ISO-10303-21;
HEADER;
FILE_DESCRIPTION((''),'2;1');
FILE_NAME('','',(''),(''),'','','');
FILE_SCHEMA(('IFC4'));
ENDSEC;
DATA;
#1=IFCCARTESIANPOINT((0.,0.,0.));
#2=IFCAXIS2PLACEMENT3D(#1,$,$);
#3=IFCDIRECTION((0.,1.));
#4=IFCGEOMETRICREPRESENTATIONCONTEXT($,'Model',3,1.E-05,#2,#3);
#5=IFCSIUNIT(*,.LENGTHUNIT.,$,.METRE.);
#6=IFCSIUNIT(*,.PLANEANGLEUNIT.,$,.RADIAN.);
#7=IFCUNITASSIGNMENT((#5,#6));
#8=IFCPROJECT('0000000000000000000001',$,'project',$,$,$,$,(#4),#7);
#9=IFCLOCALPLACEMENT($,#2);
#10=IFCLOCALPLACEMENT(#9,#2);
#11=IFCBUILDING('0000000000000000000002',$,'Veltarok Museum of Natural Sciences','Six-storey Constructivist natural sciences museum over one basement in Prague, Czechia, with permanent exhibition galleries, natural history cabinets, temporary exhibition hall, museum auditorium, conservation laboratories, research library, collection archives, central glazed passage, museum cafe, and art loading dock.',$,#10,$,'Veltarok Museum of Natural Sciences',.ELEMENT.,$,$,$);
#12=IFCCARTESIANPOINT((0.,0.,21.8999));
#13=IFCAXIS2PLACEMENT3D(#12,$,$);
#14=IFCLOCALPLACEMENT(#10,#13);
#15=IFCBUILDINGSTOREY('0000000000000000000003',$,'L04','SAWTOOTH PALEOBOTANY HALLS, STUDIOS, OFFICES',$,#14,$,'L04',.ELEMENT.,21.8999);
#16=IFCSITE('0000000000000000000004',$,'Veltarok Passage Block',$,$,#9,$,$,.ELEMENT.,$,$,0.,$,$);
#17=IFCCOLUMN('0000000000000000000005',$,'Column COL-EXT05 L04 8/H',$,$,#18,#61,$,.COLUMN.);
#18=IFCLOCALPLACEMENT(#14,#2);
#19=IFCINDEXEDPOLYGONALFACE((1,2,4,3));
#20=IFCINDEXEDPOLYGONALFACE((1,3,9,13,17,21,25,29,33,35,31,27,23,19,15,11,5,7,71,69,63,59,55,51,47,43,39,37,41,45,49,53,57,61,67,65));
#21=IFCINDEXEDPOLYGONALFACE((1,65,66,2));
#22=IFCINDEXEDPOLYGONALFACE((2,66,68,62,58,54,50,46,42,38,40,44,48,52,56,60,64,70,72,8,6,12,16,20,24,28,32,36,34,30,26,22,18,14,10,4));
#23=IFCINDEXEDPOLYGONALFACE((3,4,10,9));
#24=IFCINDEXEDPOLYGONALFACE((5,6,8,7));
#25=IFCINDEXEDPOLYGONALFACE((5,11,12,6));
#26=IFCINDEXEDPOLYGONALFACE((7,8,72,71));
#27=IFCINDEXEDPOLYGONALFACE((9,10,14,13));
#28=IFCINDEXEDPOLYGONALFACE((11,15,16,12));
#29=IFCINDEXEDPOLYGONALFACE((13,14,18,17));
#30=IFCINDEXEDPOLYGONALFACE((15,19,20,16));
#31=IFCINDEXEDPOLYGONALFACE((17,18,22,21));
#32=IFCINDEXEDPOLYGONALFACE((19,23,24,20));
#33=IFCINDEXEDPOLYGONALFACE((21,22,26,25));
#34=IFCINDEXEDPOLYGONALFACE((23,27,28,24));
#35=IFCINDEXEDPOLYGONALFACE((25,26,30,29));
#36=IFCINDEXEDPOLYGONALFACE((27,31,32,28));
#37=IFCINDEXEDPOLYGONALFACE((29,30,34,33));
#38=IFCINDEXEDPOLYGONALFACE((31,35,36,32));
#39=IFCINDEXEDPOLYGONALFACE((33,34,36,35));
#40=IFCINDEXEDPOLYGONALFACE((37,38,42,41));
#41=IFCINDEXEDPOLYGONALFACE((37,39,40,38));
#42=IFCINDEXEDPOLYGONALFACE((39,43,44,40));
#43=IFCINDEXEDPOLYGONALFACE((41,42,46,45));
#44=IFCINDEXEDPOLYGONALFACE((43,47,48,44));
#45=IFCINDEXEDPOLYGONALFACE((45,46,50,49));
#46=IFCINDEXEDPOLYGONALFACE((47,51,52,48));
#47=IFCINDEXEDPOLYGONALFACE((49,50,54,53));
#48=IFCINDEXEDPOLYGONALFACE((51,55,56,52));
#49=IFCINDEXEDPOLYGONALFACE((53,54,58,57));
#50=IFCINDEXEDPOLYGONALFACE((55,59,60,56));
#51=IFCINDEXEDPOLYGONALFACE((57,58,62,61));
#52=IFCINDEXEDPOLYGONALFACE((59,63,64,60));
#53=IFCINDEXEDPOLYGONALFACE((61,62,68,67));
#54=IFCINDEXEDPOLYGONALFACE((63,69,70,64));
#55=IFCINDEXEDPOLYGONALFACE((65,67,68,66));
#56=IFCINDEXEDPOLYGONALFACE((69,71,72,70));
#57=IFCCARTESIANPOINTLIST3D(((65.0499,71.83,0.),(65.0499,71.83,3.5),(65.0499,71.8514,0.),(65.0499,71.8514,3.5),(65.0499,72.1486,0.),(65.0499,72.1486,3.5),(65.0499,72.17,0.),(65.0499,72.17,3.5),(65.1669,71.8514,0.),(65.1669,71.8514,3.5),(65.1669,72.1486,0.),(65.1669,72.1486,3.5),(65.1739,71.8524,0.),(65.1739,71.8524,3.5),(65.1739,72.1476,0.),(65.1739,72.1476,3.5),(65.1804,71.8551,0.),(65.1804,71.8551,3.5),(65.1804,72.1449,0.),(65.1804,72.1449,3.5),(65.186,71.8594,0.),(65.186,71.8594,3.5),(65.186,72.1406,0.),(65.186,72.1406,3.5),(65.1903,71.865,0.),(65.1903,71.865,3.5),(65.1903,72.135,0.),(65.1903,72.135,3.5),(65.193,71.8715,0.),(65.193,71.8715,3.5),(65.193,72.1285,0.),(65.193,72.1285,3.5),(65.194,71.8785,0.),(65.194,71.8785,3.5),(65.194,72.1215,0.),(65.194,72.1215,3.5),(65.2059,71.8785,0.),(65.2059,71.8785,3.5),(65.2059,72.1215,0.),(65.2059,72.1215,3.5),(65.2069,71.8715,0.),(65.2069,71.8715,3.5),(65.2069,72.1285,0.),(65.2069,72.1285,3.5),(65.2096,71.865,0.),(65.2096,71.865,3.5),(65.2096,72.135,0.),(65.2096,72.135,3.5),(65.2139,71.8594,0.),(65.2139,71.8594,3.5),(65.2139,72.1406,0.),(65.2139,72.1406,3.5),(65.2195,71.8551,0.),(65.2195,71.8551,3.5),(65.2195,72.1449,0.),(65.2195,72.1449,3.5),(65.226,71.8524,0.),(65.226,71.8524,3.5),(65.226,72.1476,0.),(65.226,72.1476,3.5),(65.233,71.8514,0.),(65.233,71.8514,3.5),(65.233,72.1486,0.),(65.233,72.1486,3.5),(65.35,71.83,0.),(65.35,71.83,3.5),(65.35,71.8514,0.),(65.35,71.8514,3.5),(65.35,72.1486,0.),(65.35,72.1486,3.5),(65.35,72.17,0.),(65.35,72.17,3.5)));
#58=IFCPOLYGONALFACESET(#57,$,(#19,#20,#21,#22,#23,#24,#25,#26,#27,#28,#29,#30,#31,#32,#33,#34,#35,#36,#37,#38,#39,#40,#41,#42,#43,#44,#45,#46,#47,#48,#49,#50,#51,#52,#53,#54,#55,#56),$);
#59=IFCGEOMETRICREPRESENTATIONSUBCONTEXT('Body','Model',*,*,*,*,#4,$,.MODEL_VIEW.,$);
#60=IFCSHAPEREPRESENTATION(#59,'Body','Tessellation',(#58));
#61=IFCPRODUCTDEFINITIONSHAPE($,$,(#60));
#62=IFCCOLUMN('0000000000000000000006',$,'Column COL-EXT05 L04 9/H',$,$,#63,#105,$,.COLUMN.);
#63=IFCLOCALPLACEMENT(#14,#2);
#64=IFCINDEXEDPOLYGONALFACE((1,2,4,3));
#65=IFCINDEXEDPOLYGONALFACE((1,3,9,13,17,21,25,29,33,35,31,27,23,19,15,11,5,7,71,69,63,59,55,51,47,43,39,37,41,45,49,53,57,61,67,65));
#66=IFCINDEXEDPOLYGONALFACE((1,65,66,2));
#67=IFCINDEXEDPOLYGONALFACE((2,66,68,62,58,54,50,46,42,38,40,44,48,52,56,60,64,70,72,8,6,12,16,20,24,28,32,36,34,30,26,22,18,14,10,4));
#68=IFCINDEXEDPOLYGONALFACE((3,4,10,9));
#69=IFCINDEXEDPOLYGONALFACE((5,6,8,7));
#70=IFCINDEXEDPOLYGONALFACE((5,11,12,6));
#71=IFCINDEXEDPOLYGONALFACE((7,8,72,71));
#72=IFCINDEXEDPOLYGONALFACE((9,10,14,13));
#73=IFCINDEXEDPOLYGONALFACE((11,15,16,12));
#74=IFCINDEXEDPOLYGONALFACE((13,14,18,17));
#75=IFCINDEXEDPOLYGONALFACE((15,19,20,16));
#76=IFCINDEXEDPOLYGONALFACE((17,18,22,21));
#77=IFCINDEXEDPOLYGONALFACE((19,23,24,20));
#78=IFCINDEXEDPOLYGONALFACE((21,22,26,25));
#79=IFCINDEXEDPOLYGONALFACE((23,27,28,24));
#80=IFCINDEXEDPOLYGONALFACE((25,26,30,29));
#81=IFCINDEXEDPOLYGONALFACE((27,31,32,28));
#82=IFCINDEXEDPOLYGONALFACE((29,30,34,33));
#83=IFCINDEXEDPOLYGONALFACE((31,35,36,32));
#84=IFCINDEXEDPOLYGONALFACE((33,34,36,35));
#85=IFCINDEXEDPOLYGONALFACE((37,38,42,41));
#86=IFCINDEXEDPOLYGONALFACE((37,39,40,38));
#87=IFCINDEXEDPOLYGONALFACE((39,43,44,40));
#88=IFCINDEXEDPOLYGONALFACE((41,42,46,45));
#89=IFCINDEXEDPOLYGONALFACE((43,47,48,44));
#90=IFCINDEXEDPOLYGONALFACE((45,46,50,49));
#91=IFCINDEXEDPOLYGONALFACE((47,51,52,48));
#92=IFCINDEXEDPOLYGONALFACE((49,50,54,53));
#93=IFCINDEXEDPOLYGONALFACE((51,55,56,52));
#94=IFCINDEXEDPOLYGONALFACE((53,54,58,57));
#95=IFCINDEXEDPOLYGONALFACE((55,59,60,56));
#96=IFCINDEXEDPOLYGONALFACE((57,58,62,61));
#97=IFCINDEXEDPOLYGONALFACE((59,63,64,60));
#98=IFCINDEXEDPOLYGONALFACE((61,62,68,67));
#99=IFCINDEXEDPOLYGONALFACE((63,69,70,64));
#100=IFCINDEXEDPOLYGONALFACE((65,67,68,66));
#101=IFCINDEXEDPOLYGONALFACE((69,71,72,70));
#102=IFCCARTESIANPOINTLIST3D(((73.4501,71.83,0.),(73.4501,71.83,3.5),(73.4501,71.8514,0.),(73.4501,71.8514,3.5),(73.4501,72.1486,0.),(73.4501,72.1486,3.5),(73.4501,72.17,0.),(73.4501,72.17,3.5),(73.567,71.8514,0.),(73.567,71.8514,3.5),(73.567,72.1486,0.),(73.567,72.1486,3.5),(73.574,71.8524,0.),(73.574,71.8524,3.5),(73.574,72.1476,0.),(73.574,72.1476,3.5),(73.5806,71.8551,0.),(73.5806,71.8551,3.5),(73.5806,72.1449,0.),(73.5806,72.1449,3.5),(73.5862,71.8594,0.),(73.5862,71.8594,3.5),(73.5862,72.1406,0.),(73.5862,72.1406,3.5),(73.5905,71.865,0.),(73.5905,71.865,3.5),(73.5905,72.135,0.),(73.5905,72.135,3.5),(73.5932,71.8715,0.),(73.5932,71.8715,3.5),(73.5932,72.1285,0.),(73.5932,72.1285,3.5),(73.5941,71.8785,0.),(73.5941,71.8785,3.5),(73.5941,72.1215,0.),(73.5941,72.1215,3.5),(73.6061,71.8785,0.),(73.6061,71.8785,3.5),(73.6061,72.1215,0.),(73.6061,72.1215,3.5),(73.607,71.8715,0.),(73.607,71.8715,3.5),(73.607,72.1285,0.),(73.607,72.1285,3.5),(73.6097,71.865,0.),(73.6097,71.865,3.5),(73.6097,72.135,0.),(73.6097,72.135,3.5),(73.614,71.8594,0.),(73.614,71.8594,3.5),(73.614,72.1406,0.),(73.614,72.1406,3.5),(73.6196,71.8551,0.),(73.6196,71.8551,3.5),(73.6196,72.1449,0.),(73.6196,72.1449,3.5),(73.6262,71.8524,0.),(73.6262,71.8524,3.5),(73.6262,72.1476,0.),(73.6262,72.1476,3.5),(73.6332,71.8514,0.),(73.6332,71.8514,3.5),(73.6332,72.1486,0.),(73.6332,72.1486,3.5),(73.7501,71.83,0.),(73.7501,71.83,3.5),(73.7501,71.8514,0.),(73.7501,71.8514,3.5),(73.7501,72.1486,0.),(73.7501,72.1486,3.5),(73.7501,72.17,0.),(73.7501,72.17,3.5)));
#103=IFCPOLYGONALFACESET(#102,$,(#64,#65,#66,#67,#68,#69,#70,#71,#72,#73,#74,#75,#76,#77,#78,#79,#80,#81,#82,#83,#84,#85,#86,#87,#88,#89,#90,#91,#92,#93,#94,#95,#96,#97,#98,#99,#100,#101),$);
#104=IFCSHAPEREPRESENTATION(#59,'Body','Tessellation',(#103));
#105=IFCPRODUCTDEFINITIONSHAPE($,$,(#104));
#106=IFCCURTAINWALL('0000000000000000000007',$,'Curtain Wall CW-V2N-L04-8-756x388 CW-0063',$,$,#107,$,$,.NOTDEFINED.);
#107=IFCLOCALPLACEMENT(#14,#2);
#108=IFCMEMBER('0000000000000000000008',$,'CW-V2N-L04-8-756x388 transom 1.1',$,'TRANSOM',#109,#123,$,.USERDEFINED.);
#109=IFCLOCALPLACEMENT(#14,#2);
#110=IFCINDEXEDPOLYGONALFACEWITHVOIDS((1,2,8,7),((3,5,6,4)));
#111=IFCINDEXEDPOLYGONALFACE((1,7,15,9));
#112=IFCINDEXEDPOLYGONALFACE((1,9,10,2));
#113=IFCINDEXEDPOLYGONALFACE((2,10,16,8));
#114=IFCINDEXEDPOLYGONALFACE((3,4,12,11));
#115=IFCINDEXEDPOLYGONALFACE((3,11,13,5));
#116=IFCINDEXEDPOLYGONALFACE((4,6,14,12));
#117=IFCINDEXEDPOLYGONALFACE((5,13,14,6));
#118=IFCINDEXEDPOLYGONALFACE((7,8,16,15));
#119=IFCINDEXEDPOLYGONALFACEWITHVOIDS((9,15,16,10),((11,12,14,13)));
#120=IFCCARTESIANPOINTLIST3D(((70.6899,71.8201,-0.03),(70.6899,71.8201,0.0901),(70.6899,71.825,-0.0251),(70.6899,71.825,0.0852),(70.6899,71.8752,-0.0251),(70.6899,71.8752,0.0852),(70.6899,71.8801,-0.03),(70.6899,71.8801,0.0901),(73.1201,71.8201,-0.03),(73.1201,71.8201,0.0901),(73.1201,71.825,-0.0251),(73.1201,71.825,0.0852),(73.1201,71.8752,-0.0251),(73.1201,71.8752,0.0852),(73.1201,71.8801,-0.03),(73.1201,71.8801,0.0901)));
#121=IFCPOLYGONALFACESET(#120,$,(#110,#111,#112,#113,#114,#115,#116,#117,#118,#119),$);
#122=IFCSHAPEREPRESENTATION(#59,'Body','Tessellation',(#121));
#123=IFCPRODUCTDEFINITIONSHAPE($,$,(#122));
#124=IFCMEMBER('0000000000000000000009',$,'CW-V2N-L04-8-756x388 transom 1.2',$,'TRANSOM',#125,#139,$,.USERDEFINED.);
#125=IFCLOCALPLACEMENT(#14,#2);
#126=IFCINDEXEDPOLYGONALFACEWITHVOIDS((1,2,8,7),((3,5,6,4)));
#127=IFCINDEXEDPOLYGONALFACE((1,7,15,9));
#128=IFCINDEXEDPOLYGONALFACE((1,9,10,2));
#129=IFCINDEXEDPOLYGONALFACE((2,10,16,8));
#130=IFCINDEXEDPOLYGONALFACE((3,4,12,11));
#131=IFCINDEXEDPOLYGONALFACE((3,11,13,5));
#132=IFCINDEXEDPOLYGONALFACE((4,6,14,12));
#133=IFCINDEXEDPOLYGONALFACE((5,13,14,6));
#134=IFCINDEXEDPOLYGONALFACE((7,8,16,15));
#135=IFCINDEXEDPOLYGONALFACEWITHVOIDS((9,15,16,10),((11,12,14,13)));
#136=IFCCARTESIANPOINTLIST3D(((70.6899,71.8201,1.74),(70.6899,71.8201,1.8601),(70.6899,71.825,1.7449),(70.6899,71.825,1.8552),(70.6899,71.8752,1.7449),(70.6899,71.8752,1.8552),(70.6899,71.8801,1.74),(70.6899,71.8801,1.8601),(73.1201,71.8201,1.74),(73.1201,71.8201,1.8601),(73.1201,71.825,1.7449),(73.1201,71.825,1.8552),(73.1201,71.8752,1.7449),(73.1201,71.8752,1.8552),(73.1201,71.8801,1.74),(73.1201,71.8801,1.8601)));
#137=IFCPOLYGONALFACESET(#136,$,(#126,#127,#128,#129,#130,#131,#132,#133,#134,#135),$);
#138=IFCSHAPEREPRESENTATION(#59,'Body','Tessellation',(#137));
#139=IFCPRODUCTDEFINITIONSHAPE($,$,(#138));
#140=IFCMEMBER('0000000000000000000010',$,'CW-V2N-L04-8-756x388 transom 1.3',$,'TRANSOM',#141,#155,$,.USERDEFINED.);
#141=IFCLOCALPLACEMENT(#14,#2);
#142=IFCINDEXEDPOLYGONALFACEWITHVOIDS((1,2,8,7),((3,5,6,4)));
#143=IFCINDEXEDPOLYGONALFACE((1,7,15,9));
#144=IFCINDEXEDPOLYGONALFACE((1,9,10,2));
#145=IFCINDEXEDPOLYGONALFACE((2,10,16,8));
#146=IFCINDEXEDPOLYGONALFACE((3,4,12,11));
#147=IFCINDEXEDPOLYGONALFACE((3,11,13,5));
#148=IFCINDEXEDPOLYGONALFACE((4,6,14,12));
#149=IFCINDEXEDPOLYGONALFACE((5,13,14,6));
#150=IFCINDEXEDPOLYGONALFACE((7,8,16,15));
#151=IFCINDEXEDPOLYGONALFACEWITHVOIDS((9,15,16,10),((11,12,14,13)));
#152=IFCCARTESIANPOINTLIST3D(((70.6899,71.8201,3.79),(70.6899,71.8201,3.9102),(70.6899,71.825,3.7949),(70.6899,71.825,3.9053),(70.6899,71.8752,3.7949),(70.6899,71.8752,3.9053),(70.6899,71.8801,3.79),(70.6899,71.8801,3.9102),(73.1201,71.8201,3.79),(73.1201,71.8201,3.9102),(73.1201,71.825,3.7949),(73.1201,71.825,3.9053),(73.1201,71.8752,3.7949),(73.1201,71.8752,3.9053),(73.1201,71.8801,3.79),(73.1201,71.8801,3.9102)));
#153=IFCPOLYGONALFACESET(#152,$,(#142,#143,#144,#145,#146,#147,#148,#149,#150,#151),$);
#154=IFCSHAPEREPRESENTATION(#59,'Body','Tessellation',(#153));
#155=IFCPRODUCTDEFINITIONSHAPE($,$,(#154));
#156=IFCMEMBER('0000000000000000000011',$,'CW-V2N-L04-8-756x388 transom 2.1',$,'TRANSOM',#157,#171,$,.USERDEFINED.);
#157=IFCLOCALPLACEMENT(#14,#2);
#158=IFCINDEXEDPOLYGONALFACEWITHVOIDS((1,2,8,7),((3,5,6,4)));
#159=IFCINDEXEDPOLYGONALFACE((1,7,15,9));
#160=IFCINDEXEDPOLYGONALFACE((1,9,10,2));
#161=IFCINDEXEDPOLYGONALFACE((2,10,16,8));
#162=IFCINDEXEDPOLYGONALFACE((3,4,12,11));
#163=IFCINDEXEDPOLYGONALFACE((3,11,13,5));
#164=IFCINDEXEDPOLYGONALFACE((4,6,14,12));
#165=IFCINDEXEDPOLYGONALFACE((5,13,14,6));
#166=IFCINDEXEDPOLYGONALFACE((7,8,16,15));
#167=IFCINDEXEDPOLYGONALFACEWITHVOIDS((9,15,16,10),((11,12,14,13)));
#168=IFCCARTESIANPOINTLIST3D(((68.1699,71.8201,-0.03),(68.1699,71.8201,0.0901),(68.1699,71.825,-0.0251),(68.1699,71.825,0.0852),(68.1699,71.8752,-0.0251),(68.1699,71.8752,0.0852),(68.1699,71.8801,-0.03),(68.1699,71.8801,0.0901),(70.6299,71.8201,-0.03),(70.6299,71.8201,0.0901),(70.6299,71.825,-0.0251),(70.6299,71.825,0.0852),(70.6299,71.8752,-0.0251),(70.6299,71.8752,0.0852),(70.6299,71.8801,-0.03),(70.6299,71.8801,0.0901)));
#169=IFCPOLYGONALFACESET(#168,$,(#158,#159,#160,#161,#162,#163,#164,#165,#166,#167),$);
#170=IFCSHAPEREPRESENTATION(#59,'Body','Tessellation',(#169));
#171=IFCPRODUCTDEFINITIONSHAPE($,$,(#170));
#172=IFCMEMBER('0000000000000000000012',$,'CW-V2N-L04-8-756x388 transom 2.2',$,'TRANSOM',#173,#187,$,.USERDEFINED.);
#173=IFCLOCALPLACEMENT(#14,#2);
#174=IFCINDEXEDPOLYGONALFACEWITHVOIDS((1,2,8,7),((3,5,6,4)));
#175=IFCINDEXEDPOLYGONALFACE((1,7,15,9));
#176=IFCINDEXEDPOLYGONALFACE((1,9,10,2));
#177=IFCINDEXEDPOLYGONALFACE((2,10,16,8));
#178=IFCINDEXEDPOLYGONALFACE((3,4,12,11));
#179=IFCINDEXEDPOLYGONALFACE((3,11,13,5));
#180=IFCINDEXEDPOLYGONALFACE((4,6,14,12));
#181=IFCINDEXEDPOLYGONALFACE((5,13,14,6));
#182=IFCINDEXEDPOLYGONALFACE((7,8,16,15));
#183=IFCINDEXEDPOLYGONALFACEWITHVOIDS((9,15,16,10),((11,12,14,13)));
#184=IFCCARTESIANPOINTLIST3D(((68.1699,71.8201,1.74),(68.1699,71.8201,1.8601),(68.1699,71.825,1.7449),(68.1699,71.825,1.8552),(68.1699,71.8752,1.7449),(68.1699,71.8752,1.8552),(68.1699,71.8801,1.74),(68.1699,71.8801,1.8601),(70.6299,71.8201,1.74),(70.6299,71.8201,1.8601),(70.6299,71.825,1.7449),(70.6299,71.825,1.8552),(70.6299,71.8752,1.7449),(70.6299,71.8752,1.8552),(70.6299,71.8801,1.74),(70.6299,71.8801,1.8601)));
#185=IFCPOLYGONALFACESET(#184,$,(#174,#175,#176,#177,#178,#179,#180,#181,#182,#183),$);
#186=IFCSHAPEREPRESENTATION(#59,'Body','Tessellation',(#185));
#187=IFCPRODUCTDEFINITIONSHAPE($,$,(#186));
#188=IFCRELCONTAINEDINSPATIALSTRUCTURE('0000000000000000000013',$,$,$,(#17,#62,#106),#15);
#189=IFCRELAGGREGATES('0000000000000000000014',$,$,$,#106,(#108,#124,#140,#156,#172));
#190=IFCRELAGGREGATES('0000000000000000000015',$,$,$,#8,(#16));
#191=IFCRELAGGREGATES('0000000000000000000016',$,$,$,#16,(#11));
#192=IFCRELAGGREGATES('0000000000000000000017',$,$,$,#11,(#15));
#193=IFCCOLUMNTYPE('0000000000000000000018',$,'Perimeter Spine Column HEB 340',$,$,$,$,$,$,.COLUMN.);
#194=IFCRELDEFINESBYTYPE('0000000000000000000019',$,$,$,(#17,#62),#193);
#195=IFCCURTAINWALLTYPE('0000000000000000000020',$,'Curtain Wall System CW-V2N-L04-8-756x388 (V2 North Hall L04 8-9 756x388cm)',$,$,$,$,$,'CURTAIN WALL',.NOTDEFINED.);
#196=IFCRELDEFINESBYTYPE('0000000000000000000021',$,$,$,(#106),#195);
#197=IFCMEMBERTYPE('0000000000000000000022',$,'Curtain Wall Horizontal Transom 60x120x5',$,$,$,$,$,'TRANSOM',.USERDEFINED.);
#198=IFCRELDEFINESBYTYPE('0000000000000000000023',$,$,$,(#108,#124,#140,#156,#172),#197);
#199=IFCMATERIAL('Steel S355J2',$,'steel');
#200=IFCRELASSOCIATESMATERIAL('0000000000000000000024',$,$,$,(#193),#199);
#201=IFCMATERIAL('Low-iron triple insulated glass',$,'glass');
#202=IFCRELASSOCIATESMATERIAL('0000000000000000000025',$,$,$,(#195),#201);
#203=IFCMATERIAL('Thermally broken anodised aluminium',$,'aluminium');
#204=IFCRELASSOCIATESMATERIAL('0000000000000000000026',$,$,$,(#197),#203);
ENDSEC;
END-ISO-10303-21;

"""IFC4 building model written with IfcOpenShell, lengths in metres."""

from ifc_helpers import new_model, si_unit, direction, frame, origin, origin_2d, place, context, subcontext, project, spatial, hollow_rectangle, i_section, extrude, material, material_profile, profile_set, type_object, element, aggregate, save


model = new_model("IFC4")

# Units and contexts
model_context = context("Model", 3, precision=1e-05, world=origin(), true_north=direction((0.0, 1.0)))
body_context = subcontext(model_context, "Body", "Model", "MODEL_VIEW")
ifc_project = project(units=[si_unit("LENGTHUNIT", "METRE"), si_unit("PLANEANGLEUNIT", "RADIAN")], contexts=[model_context])

# Site, building, storey
site_placement = place(None, origin())
site = spatial("IfcSite", under=ifc_project, at=site_placement, Name="Veltarok Passage Block", CompositionType="ELEMENT", RefElevation=0.0)
building_placement = place(site_placement, origin())
building = spatial("IfcBuilding", under=site, at=building_placement, Name="Veltarok Museum of Natural Sciences", Description="Six-storey Constructivist natural sciences museum over one basement in Prague, Czechia, with permanent exhibition galleries, natural history cabinets, temporary exhibition hall, museum auditorium, conservation laboratories, research library, collection archives, central glazed passage, museum cafe, and art loading dock.", LongName="Veltarok Museum of Natural Sciences", CompositionType="ELEMENT")
storey_placement = place(building_placement, frame((0.0, 0.0, 21.8999)))
storey = spatial("IfcBuildingStorey", under=building, at=storey_placement, Name="L04", Description="SAWTOOTH PALEOBOTANY HALLS, STUDIOS, OFFICES", LongName="L04", CompositionType="ELEMENT", Elevation=21.8999)

# Columns
ifc_material_1 = material(Name="Steel S355J2", Category="steel")
ifc_material_profile_1 = material_profile(ifc_material_1, i_section(OverallWidth=0.3, OverallDepth=0.3401, WebThickness=0.012, FlangeThickness=0.0215, FilletRadius=0.0271, at=origin_2d()), Name="HEB 340")
ifc_profile_set_1 = profile_set([ifc_material_profile_1], Name="Steel S355J2")
column_type = type_object("IfcColumnType", Name="Perimeter Spine Column HEB 340", PredefinedType="COLUMN", material=ifc_profile_set_1)
for number, where, z_axis, x_axis, name in (
    (1, (65.2, 72.0, 0.0), (0.0, 0.0, 1.0), (1.0, 0.0, 0.0), "Column COL-EXT05 L04 8/H"),
    (2, (73.6001, 72.0, 0.0), (0.0, 0.0, 1.0), (1.0, 0.0, 0.0), "Column COL-EXT05 L04 9/H"),
):
    element("IfcColumn", number, at=place(storey_placement, frame(where, z_axis=z_axis, x_axis=x_axis)), inside=storey, type_object=column_type, Name=name, PredefinedType="COLUMN", context=body_context, shape_type="SweptSolid", body=[
        extrude(i_section(OverallWidth=0.3, OverallDepth=0.3401, WebThickness=0.012, FlangeThickness=0.0215, FilletRadius=0.0271, at=origin_2d()), origin(), (0.0, 0.0, 1.0), 3.5),
    ])

# Curtain wall, members
ifc_material_2 = material(Name="Low-iron triple insulated glass", Category="glass")
curtain_wall_type_1 = type_object("IfcCurtainWallType", Name="Curtain Wall System CW-V2N-L04-8-756x388 (V2 North Hall L04 8-9 756x388cm)", ElementType="CURTAIN WALL", PredefinedType="NOTDEFINED", material=ifc_material_2)
curtain_wall_1_placement = place(storey_placement, origin())
curtain_wall_1 = element("IfcCurtainWall", 3, at=curtain_wall_1_placement, inside=storey, type_object=curtain_wall_type_1, Name="Curtain Wall CW-V2N-L04-8-756x388 CW-0063", PredefinedType="NOTDEFINED")
ifc_material_3 = material(Name="Thermally broken anodised aluminium", Category="aluminium")
ifc_material_profile_2 = material_profile(ifc_material_3, hollow_rectangle(XDim=0.0601, YDim=0.1201, WallThickness=0.0049, at=origin_2d()), Name="CW TRANSOM 60x120x5")
ifc_profile_set_2 = profile_set([ifc_material_profile_2], Name="Thermally broken anodised aluminium")
member_type_1 = type_object("IfcMemberType", Name="Curtain Wall Horizontal Transom 60x120x5", ElementType="TRANSOM", PredefinedType="USERDEFINED", material=ifc_profile_set_2)
member_1_placement = place(storey_placement, frame((73.1201, 71.8501, 0.03), z_axis=(-1.0, 0.0, 0.0), x_axis=(0.0, -1.0, 0.0)))
member_1 = element("IfcMember", 4, at=member_1_placement, type_object=member_type_1, Name="CW-V2N-L04-8-756x388 transom 1.1", ObjectType="TRANSOM", PredefinedType="USERDEFINED", context=body_context, shape_type="SweptSolid", body=[
    extrude(hollow_rectangle(XDim=0.0601, YDim=0.1201, WallThickness=0.0049, at=origin_2d()), origin(), (0.0, 0.0, 1.0), 2.4302),
])
member_2_placement = place(storey_placement, frame((73.1201, 71.8501, 1.8), z_axis=(-1.0, 0.0, 0.0), x_axis=(0.0, -1.0, 0.0)))
member_2 = element("IfcMember", 5, at=member_2_placement, type_object=member_type_1, Name="CW-V2N-L04-8-756x388 transom 1.2", ObjectType="TRANSOM", PredefinedType="USERDEFINED", context=body_context, shape_type="SweptSolid", body=[
    extrude(hollow_rectangle(XDim=0.0601, YDim=0.1201, WallThickness=0.0049, at=origin_2d()), origin(), (0.0, 0.0, 1.0), 2.4302),
])
member_3_placement = place(storey_placement, frame((73.1201, 71.8501, 3.8501), z_axis=(-1.0, 0.0, 0.0), x_axis=(0.0, -1.0, 0.0)))
member_3 = element("IfcMember", 6, at=member_3_placement, type_object=member_type_1, Name="CW-V2N-L04-8-756x388 transom 1.3", ObjectType="TRANSOM", PredefinedType="USERDEFINED", context=body_context, shape_type="SweptSolid", body=[
    extrude(hollow_rectangle(XDim=0.0601, YDim=0.1201, WallThickness=0.0049, at=origin_2d()), origin(), (0.0, 0.0, 1.0), 2.4302),
])
member_4_placement = place(storey_placement, frame((70.6299, 71.8501, 0.03), z_axis=(-1.0, 0.0, 0.0), x_axis=(0.0, -1.0, 0.0)))
member_4 = element("IfcMember", 7, at=member_4_placement, type_object=member_type_1, Name="CW-V2N-L04-8-756x388 transom 2.1", ObjectType="TRANSOM", PredefinedType="USERDEFINED", context=body_context, shape_type="SweptSolid", body=[
    extrude(hollow_rectangle(XDim=0.0601, YDim=0.1201, WallThickness=0.0049, at=origin_2d()), origin(), (0.0, 0.0, 1.0), 2.46),
])
member_5_placement = place(storey_placement, frame((70.6299, 71.8501, 1.8), z_axis=(-1.0, 0.0, 0.0), x_axis=(0.0, -1.0, 0.0)))
member_5 = element("IfcMember", 8, at=member_5_placement, type_object=member_type_1, Name="CW-V2N-L04-8-756x388 transom 2.2", ObjectType="TRANSOM", PredefinedType="USERDEFINED", context=body_context, shape_type="SweptSolid", body=[
    extrude(hollow_rectangle(XDim=0.0601, YDim=0.1201, WallThickness=0.0049, at=origin_2d()), origin(), (0.0, 0.0, 1.0), 2.46),
])

aggregate(curtain_wall_1, [member_1, member_2, member_3, member_4, member_5])

save(model, "model.ifc")
